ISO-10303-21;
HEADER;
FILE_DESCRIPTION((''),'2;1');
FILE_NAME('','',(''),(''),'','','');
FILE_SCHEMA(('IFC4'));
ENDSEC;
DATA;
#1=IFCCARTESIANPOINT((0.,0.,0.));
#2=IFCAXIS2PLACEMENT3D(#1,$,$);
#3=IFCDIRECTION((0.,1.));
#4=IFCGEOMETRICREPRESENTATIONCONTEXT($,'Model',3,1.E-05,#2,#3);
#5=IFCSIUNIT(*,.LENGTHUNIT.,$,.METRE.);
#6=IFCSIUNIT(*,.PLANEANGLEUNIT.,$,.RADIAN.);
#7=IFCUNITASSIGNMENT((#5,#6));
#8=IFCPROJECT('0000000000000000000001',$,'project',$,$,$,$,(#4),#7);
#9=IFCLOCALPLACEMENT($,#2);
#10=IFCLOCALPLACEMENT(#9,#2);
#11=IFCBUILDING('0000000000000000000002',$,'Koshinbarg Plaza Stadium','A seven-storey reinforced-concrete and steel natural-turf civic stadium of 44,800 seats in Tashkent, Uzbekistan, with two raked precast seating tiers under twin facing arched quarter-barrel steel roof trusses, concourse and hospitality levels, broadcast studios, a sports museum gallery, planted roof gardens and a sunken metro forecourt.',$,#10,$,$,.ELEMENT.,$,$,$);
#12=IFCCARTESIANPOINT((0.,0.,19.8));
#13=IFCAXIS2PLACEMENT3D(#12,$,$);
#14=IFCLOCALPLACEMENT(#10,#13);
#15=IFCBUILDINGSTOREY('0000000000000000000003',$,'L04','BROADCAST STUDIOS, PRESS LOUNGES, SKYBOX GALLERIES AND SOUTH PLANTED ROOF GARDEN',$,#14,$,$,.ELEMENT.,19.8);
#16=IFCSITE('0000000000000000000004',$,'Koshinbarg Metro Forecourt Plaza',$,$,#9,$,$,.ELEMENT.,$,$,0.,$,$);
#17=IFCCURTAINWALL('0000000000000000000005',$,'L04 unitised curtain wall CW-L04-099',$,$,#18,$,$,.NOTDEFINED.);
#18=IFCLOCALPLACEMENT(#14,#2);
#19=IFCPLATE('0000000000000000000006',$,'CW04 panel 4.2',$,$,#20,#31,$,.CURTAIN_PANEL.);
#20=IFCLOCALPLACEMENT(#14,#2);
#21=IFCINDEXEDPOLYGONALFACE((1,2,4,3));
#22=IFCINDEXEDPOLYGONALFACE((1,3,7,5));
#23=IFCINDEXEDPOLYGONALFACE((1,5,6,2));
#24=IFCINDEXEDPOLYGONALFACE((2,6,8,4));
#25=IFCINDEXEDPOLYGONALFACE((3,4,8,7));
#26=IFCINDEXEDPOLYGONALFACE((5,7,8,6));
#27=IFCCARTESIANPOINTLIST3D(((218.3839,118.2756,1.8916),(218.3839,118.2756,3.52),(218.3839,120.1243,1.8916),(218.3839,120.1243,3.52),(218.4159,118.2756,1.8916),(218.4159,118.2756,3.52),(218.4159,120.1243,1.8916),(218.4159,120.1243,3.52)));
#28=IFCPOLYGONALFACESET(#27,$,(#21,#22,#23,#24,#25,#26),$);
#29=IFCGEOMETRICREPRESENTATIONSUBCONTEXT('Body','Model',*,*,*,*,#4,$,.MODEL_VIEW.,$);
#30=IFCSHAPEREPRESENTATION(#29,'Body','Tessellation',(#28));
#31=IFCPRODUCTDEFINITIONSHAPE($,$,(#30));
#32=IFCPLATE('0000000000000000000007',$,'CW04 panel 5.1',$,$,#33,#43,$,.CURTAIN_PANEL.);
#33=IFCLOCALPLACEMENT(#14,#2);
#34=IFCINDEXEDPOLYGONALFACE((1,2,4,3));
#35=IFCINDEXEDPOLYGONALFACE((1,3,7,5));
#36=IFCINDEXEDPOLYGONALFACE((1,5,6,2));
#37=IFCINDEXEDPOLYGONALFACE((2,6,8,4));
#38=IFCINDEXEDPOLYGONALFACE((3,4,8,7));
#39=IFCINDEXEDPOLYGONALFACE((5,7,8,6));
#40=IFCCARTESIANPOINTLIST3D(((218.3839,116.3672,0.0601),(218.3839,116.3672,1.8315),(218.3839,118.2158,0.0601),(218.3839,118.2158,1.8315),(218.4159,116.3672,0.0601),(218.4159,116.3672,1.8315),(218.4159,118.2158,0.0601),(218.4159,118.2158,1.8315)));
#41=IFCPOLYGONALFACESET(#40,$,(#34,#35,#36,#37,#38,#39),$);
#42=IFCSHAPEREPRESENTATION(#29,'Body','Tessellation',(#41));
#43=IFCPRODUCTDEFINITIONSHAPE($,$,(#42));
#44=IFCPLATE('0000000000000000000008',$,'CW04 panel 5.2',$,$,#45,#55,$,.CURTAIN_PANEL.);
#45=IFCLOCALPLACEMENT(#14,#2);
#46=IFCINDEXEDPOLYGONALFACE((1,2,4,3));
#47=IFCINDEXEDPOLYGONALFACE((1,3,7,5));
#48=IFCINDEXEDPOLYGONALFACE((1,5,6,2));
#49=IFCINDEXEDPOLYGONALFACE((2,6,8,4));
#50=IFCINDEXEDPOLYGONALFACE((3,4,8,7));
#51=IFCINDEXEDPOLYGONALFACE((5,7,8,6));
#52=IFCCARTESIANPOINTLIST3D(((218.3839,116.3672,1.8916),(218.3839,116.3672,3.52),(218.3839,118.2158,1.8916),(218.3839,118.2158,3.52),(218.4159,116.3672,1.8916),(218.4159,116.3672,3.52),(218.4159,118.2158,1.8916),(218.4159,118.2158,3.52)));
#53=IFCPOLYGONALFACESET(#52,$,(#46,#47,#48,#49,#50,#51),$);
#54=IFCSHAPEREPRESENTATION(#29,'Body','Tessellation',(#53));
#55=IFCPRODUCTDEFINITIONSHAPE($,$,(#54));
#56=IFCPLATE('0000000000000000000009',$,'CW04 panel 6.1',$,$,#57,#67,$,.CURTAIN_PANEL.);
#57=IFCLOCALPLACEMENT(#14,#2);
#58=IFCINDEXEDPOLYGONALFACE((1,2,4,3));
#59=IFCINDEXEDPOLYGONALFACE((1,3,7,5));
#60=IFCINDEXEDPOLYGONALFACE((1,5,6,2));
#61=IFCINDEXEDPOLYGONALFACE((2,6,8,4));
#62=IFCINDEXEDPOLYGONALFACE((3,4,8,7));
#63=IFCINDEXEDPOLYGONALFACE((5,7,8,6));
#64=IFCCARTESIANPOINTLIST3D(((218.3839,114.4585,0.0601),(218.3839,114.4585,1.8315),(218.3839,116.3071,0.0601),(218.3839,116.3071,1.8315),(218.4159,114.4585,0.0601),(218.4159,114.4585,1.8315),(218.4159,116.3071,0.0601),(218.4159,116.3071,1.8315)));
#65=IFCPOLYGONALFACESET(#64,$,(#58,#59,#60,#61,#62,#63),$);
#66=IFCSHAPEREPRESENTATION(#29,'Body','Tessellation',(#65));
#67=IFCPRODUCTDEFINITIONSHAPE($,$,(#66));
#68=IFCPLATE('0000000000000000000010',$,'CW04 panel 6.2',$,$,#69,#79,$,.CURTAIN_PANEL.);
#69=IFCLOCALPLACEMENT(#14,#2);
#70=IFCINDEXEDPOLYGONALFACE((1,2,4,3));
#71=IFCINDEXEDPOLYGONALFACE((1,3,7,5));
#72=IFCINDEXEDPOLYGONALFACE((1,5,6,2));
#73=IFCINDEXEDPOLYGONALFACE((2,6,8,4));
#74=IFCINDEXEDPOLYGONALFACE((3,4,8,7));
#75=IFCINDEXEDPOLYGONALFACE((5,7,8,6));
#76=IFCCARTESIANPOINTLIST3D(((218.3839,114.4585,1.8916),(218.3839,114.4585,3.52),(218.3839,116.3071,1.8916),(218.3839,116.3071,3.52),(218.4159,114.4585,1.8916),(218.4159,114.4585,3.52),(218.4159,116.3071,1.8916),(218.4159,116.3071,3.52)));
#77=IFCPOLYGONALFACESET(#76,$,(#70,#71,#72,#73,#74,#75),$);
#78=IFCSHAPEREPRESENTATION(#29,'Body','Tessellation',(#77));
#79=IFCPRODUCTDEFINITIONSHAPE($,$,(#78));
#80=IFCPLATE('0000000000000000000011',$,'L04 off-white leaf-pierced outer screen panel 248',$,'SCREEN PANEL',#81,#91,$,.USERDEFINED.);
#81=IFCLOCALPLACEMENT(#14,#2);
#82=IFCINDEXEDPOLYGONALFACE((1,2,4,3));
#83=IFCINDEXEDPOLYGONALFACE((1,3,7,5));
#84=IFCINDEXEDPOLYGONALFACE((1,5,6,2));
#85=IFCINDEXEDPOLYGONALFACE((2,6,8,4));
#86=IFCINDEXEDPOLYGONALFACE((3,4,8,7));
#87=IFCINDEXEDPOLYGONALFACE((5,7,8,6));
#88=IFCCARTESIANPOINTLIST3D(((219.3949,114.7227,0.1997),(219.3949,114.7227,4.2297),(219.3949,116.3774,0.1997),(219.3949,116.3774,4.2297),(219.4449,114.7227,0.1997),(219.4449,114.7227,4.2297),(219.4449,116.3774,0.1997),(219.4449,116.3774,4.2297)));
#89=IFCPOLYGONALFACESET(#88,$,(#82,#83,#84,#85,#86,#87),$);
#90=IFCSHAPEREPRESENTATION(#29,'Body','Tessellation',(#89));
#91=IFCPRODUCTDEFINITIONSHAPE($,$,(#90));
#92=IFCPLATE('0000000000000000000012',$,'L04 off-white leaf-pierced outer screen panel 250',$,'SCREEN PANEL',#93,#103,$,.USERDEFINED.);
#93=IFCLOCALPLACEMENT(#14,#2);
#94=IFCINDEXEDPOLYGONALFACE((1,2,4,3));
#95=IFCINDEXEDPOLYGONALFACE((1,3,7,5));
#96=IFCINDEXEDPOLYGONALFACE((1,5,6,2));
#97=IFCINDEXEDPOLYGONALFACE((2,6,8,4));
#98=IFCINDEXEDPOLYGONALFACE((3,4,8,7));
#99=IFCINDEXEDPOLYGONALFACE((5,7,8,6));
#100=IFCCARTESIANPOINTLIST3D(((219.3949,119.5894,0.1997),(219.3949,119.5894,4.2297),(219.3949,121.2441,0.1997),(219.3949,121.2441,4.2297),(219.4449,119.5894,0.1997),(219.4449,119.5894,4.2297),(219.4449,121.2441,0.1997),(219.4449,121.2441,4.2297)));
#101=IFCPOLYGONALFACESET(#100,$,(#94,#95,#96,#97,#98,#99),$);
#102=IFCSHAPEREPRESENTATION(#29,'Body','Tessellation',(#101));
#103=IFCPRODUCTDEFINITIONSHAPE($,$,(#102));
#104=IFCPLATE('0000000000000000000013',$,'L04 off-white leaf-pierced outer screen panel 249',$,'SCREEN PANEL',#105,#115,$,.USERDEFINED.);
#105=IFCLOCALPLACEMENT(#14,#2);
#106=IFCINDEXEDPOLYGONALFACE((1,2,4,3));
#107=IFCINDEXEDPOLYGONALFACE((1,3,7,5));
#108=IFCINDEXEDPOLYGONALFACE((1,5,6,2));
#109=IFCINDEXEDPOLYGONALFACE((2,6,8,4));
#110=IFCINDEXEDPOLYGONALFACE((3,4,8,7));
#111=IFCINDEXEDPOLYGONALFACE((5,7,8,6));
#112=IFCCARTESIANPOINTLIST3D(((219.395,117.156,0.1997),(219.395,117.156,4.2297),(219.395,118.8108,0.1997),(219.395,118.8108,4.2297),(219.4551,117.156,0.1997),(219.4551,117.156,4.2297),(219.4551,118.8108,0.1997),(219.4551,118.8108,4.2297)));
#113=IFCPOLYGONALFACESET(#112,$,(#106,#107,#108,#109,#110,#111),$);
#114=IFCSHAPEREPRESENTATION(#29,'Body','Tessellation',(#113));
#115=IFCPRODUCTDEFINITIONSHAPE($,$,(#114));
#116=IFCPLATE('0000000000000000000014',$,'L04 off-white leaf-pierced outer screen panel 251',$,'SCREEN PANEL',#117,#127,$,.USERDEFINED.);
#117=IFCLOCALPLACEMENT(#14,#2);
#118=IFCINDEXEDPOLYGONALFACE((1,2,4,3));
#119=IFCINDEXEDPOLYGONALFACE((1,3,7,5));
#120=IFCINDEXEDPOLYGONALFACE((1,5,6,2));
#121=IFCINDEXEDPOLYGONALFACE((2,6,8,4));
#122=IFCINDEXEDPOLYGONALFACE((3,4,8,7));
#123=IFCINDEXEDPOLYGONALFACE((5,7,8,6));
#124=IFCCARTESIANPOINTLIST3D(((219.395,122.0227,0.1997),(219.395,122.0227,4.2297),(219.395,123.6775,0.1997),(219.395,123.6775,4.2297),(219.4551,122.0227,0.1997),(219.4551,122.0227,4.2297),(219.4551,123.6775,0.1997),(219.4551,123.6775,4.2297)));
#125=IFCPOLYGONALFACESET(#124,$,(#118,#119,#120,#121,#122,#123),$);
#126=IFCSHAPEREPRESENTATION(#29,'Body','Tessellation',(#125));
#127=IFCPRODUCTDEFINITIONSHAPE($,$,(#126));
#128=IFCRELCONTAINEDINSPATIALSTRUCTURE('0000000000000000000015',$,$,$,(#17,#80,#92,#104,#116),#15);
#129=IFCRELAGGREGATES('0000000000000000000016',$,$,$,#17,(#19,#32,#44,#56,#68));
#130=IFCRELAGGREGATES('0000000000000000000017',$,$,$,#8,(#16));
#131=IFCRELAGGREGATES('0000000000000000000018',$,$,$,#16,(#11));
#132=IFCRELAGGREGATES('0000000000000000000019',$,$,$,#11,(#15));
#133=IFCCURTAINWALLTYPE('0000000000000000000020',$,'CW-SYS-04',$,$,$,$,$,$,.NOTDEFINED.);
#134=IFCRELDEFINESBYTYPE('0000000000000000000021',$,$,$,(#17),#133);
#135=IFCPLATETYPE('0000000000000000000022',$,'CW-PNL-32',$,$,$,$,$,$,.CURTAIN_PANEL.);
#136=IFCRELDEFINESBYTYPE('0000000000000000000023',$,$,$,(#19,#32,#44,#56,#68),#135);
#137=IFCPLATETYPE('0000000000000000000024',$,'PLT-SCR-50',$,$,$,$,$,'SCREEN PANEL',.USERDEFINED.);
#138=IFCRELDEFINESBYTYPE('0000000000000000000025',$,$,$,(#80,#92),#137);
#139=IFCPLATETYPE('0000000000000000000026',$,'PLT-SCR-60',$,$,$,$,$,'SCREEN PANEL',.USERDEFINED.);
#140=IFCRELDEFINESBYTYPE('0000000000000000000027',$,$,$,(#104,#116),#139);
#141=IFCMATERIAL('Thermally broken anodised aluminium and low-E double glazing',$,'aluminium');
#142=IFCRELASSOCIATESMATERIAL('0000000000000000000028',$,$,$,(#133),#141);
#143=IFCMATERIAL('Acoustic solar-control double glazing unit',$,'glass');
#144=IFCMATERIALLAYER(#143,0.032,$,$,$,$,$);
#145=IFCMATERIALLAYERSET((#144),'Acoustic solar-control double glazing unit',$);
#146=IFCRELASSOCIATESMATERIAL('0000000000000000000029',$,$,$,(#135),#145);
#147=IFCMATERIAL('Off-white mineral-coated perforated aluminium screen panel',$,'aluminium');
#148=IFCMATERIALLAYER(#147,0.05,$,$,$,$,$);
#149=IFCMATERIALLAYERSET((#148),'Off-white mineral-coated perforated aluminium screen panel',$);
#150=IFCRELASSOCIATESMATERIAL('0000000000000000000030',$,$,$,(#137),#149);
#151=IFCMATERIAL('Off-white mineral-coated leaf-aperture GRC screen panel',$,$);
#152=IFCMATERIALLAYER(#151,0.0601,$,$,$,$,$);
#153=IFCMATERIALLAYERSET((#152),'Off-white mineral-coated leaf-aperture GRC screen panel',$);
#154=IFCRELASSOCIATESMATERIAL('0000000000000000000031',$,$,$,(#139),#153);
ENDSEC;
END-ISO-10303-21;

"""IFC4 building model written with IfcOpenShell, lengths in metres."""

from ifc_helpers import new_model, si_unit, direction, frame, origin, origin_2d, place, context, subcontext, project, spatial, rectangle, extrude, material, layer, layer_set, type_object, element, aggregate, save


model = new_model("IFC4")

# Units and contexts
model_context = context("Model", 3, precision=1e-05, world=origin(), true_north=direction((0.0, 1.0)))
body_context = subcontext(model_context, "Body", "Model", "MODEL_VIEW")
ifc_project = project(units=[si_unit("LENGTHUNIT", "METRE"), si_unit("PLANEANGLEUNIT", "RADIAN")], contexts=[model_context])

# Site, building, storey
site_placement = place(None, origin())
site = spatial("IfcSite", under=ifc_project, at=site_placement, Name="Koshinbarg Metro Forecourt Plaza", CompositionType="ELEMENT", RefElevation=0.0)
building_placement = place(site_placement, origin())
building = spatial("IfcBuilding", under=site, at=building_placement, Name="Koshinbarg Plaza Stadium", Description="A seven-storey reinforced-concrete and steel natural-turf civic stadium of 44,800 seats in Tashkent, Uzbekistan, with two raked precast seating tiers under twin facing arched quarter-barrel steel roof trusses, concourse and hospitality levels, broadcast studios, a sports museum gallery, planted roof gardens and a sunken metro forecourt.", CompositionType="ELEMENT")
storey_placement = place(building_placement, frame((0.0, 0.0, 19.8)))
storey = spatial("IfcBuildingStorey", under=building, at=storey_placement, Name="L04", Description="BROADCAST STUDIOS, PRESS LOUNGES, SKYBOX GALLERIES AND SOUTH PLANTED ROOF GARDEN", CompositionType="ELEMENT", Elevation=19.8)

# Curtain wall, plates
ifc_material_1 = material(Name="Thermally broken anodised aluminium and low-E double glazing", Category="aluminium")
curtain_wall_type = type_object("IfcCurtainWallType", Name="CW-SYS-04", PredefinedType="NOTDEFINED", material=ifc_material_1)
curtain_wall_placement = place(storey_placement, origin())
curtain_wall = element("IfcCurtainWall", 1, at=curtain_wall_placement, inside=storey, type_object=curtain_wall_type, Name="L04 unitised curtain wall CW-L04-099", PredefinedType="NOTDEFINED")
ifc_material_2 = material(Name="Acoustic solar-control double glazing unit", Category="glass")
ifc_layer_1 = layer(ifc_material_2, 0.032)
ifc_layer_set_1 = layer_set([ifc_layer_1], Name="Acoustic solar-control double glazing unit")
plate_type_1 = type_object("IfcPlateType", Name="CW-PNL-32", PredefinedType="CURTAIN_PANEL", material=ifc_layer_set_1)
plate_1_placement = place(storey_placement, frame((218.3999, 119.2, 1.8916), z_axis=(0.0, 0.0, 1.0), x_axis=(0.0, -1.0, 0.0)))
plate_1 = element("IfcPlate", 2, at=plate_1_placement, type_object=plate_type_1, Name="CW04 panel 4.2", PredefinedType="CURTAIN_PANEL", context=body_context, shape_type="SweptSolid", body=[
    extrude(rectangle(XDim=1.8486, YDim=0.032, at=origin_2d()), origin(), (0.0, 0.0, 1.0), 1.6284),
])
plate_2_placement = place(storey_placement, frame((218.3999, 117.2915, 0.0601), z_axis=(0.0, 0.0, 1.0), x_axis=(0.0, -1.0, 0.0)))
plate_2 = element("IfcPlate", 3, at=plate_2_placement, type_object=plate_type_1, Name="CW04 panel 5.1", PredefinedType="CURTAIN_PANEL", context=body_context, shape_type="SweptSolid", body=[
    extrude(rectangle(XDim=1.8486, YDim=0.032, at=origin_2d()), origin(), (0.0, 0.0, 1.0), 1.7715),
])
plate_3_placement = place(storey_placement, frame((218.3999, 117.2915, 1.8916), z_axis=(0.0, 0.0, 1.0), x_axis=(0.0, -1.0, 0.0)))
plate_3 = element("IfcPlate", 4, at=plate_3_placement, type_object=plate_type_1, Name="CW04 panel 5.2", PredefinedType="CURTAIN_PANEL", context=body_context, shape_type="SweptSolid", body=[
    extrude(rectangle(XDim=1.8486, YDim=0.032, at=origin_2d()), origin(), (0.0, 0.0, 1.0), 1.6284),
])
plate_4_placement = place(storey_placement, frame((218.3999, 115.3828, 0.0601), z_axis=(0.0, 0.0, 1.0), x_axis=(0.0, -1.0, 0.0)))
plate_4 = element("IfcPlate", 5, at=plate_4_placement, type_object=plate_type_1, Name="CW04 panel 6.1", PredefinedType="CURTAIN_PANEL", context=body_context, shape_type="SweptSolid", body=[
    extrude(rectangle(XDim=1.8486, YDim=0.032, at=origin_2d()), origin(), (0.0, 0.0, 1.0), 1.7715),
])
plate_5_placement = place(storey_placement, frame((218.3999, 115.3828, 1.8916), z_axis=(0.0, 0.0, 1.0), x_axis=(0.0, -1.0, 0.0)))
plate_5 = element("IfcPlate", 6, at=plate_5_placement, type_object=plate_type_1, Name="CW04 panel 6.2", PredefinedType="CURTAIN_PANEL", context=body_context, shape_type="SweptSolid", body=[
    extrude(rectangle(XDim=1.8486, YDim=0.032, at=origin_2d()), origin(), (0.0, 0.0, 1.0), 1.6284),
])
aggregate(curtain_wall, [plate_1, plate_2, plate_3, plate_4, plate_5])

# Plates
ifc_material_3 = material(Name="Off-white mineral-coated perforated aluminium screen panel", Category="aluminium")
ifc_layer_2 = layer(ifc_material_3, 0.05)
ifc_layer_set_2 = layer_set([ifc_layer_2], Name="Off-white mineral-coated perforated aluminium screen panel")
plate_type_2 = type_object("IfcPlateType", Name="PLT-SCR-50", ElementType="SCREEN PANEL", PredefinedType="USERDEFINED", material=ifc_layer_set_2)
for number, where, z_axis, x_axis, name in (
    (7, (219.4199, 115.55, 0.1997), (0.0, 0.0, 1.0), (1.0, 0.0, 0.0), "L04 off-white leaf-pierced outer screen panel 248"),
    (8, (219.4199, 120.4167, 0.1997), (0.0, 0.0, 1.0), (1.0, 0.0, 0.0), "L04 off-white leaf-pierced outer screen panel 250"),
):
    element("IfcPlate", number, at=place(storey_placement, frame(where, z_axis=z_axis, x_axis=x_axis)), inside=storey, type_object=plate_type_2, Name=name, ObjectType="SCREEN PANEL", PredefinedType="USERDEFINED", context=body_context, shape_type="SweptSolid", body=[
        extrude(rectangle(XDim=0.05, YDim=1.6548, at=origin_2d()), origin(), (0.0, 0.0, 1.0), 4.03),
    ])
ifc_material_4 = material(Name="Off-white mineral-coated leaf-aperture GRC screen panel")
ifc_layer_3 = layer(ifc_material_4, 0.0601)
ifc_layer_set_3 = layer_set([ifc_layer_3], Name="Off-white mineral-coated leaf-aperture GRC screen panel")
plate_type_3 = type_object("IfcPlateType", Name="PLT-SCR-60", ElementType="SCREEN PANEL", PredefinedType="USERDEFINED", material=ifc_layer_set_3)
for number, where, z_axis, x_axis, name in (
    (9, (219.425, 117.9834, 0.1997), (0.0, 0.0, 1.0), (1.0, 0.0, 0.0), "L04 off-white leaf-pierced outer screen panel 249"),
    (10, (219.425, 122.8501, 0.1997), (0.0, 0.0, 1.0), (1.0, 0.0, 0.0), "L04 off-white leaf-pierced outer screen panel 251"),
):
    element("IfcPlate", number, at=place(storey_placement, frame(where, z_axis=z_axis, x_axis=x_axis)), inside=storey, type_object=plate_type_3, Name=name, ObjectType="SCREEN PANEL", PredefinedType="USERDEFINED", context=body_context, shape_type="SweptSolid", body=[
        extrude(rectangle(XDim=0.0601, YDim=1.6548, at=origin_2d()), origin(), (0.0, 0.0, 1.0), 4.03),
    ])

save(model, "model.ifc")
